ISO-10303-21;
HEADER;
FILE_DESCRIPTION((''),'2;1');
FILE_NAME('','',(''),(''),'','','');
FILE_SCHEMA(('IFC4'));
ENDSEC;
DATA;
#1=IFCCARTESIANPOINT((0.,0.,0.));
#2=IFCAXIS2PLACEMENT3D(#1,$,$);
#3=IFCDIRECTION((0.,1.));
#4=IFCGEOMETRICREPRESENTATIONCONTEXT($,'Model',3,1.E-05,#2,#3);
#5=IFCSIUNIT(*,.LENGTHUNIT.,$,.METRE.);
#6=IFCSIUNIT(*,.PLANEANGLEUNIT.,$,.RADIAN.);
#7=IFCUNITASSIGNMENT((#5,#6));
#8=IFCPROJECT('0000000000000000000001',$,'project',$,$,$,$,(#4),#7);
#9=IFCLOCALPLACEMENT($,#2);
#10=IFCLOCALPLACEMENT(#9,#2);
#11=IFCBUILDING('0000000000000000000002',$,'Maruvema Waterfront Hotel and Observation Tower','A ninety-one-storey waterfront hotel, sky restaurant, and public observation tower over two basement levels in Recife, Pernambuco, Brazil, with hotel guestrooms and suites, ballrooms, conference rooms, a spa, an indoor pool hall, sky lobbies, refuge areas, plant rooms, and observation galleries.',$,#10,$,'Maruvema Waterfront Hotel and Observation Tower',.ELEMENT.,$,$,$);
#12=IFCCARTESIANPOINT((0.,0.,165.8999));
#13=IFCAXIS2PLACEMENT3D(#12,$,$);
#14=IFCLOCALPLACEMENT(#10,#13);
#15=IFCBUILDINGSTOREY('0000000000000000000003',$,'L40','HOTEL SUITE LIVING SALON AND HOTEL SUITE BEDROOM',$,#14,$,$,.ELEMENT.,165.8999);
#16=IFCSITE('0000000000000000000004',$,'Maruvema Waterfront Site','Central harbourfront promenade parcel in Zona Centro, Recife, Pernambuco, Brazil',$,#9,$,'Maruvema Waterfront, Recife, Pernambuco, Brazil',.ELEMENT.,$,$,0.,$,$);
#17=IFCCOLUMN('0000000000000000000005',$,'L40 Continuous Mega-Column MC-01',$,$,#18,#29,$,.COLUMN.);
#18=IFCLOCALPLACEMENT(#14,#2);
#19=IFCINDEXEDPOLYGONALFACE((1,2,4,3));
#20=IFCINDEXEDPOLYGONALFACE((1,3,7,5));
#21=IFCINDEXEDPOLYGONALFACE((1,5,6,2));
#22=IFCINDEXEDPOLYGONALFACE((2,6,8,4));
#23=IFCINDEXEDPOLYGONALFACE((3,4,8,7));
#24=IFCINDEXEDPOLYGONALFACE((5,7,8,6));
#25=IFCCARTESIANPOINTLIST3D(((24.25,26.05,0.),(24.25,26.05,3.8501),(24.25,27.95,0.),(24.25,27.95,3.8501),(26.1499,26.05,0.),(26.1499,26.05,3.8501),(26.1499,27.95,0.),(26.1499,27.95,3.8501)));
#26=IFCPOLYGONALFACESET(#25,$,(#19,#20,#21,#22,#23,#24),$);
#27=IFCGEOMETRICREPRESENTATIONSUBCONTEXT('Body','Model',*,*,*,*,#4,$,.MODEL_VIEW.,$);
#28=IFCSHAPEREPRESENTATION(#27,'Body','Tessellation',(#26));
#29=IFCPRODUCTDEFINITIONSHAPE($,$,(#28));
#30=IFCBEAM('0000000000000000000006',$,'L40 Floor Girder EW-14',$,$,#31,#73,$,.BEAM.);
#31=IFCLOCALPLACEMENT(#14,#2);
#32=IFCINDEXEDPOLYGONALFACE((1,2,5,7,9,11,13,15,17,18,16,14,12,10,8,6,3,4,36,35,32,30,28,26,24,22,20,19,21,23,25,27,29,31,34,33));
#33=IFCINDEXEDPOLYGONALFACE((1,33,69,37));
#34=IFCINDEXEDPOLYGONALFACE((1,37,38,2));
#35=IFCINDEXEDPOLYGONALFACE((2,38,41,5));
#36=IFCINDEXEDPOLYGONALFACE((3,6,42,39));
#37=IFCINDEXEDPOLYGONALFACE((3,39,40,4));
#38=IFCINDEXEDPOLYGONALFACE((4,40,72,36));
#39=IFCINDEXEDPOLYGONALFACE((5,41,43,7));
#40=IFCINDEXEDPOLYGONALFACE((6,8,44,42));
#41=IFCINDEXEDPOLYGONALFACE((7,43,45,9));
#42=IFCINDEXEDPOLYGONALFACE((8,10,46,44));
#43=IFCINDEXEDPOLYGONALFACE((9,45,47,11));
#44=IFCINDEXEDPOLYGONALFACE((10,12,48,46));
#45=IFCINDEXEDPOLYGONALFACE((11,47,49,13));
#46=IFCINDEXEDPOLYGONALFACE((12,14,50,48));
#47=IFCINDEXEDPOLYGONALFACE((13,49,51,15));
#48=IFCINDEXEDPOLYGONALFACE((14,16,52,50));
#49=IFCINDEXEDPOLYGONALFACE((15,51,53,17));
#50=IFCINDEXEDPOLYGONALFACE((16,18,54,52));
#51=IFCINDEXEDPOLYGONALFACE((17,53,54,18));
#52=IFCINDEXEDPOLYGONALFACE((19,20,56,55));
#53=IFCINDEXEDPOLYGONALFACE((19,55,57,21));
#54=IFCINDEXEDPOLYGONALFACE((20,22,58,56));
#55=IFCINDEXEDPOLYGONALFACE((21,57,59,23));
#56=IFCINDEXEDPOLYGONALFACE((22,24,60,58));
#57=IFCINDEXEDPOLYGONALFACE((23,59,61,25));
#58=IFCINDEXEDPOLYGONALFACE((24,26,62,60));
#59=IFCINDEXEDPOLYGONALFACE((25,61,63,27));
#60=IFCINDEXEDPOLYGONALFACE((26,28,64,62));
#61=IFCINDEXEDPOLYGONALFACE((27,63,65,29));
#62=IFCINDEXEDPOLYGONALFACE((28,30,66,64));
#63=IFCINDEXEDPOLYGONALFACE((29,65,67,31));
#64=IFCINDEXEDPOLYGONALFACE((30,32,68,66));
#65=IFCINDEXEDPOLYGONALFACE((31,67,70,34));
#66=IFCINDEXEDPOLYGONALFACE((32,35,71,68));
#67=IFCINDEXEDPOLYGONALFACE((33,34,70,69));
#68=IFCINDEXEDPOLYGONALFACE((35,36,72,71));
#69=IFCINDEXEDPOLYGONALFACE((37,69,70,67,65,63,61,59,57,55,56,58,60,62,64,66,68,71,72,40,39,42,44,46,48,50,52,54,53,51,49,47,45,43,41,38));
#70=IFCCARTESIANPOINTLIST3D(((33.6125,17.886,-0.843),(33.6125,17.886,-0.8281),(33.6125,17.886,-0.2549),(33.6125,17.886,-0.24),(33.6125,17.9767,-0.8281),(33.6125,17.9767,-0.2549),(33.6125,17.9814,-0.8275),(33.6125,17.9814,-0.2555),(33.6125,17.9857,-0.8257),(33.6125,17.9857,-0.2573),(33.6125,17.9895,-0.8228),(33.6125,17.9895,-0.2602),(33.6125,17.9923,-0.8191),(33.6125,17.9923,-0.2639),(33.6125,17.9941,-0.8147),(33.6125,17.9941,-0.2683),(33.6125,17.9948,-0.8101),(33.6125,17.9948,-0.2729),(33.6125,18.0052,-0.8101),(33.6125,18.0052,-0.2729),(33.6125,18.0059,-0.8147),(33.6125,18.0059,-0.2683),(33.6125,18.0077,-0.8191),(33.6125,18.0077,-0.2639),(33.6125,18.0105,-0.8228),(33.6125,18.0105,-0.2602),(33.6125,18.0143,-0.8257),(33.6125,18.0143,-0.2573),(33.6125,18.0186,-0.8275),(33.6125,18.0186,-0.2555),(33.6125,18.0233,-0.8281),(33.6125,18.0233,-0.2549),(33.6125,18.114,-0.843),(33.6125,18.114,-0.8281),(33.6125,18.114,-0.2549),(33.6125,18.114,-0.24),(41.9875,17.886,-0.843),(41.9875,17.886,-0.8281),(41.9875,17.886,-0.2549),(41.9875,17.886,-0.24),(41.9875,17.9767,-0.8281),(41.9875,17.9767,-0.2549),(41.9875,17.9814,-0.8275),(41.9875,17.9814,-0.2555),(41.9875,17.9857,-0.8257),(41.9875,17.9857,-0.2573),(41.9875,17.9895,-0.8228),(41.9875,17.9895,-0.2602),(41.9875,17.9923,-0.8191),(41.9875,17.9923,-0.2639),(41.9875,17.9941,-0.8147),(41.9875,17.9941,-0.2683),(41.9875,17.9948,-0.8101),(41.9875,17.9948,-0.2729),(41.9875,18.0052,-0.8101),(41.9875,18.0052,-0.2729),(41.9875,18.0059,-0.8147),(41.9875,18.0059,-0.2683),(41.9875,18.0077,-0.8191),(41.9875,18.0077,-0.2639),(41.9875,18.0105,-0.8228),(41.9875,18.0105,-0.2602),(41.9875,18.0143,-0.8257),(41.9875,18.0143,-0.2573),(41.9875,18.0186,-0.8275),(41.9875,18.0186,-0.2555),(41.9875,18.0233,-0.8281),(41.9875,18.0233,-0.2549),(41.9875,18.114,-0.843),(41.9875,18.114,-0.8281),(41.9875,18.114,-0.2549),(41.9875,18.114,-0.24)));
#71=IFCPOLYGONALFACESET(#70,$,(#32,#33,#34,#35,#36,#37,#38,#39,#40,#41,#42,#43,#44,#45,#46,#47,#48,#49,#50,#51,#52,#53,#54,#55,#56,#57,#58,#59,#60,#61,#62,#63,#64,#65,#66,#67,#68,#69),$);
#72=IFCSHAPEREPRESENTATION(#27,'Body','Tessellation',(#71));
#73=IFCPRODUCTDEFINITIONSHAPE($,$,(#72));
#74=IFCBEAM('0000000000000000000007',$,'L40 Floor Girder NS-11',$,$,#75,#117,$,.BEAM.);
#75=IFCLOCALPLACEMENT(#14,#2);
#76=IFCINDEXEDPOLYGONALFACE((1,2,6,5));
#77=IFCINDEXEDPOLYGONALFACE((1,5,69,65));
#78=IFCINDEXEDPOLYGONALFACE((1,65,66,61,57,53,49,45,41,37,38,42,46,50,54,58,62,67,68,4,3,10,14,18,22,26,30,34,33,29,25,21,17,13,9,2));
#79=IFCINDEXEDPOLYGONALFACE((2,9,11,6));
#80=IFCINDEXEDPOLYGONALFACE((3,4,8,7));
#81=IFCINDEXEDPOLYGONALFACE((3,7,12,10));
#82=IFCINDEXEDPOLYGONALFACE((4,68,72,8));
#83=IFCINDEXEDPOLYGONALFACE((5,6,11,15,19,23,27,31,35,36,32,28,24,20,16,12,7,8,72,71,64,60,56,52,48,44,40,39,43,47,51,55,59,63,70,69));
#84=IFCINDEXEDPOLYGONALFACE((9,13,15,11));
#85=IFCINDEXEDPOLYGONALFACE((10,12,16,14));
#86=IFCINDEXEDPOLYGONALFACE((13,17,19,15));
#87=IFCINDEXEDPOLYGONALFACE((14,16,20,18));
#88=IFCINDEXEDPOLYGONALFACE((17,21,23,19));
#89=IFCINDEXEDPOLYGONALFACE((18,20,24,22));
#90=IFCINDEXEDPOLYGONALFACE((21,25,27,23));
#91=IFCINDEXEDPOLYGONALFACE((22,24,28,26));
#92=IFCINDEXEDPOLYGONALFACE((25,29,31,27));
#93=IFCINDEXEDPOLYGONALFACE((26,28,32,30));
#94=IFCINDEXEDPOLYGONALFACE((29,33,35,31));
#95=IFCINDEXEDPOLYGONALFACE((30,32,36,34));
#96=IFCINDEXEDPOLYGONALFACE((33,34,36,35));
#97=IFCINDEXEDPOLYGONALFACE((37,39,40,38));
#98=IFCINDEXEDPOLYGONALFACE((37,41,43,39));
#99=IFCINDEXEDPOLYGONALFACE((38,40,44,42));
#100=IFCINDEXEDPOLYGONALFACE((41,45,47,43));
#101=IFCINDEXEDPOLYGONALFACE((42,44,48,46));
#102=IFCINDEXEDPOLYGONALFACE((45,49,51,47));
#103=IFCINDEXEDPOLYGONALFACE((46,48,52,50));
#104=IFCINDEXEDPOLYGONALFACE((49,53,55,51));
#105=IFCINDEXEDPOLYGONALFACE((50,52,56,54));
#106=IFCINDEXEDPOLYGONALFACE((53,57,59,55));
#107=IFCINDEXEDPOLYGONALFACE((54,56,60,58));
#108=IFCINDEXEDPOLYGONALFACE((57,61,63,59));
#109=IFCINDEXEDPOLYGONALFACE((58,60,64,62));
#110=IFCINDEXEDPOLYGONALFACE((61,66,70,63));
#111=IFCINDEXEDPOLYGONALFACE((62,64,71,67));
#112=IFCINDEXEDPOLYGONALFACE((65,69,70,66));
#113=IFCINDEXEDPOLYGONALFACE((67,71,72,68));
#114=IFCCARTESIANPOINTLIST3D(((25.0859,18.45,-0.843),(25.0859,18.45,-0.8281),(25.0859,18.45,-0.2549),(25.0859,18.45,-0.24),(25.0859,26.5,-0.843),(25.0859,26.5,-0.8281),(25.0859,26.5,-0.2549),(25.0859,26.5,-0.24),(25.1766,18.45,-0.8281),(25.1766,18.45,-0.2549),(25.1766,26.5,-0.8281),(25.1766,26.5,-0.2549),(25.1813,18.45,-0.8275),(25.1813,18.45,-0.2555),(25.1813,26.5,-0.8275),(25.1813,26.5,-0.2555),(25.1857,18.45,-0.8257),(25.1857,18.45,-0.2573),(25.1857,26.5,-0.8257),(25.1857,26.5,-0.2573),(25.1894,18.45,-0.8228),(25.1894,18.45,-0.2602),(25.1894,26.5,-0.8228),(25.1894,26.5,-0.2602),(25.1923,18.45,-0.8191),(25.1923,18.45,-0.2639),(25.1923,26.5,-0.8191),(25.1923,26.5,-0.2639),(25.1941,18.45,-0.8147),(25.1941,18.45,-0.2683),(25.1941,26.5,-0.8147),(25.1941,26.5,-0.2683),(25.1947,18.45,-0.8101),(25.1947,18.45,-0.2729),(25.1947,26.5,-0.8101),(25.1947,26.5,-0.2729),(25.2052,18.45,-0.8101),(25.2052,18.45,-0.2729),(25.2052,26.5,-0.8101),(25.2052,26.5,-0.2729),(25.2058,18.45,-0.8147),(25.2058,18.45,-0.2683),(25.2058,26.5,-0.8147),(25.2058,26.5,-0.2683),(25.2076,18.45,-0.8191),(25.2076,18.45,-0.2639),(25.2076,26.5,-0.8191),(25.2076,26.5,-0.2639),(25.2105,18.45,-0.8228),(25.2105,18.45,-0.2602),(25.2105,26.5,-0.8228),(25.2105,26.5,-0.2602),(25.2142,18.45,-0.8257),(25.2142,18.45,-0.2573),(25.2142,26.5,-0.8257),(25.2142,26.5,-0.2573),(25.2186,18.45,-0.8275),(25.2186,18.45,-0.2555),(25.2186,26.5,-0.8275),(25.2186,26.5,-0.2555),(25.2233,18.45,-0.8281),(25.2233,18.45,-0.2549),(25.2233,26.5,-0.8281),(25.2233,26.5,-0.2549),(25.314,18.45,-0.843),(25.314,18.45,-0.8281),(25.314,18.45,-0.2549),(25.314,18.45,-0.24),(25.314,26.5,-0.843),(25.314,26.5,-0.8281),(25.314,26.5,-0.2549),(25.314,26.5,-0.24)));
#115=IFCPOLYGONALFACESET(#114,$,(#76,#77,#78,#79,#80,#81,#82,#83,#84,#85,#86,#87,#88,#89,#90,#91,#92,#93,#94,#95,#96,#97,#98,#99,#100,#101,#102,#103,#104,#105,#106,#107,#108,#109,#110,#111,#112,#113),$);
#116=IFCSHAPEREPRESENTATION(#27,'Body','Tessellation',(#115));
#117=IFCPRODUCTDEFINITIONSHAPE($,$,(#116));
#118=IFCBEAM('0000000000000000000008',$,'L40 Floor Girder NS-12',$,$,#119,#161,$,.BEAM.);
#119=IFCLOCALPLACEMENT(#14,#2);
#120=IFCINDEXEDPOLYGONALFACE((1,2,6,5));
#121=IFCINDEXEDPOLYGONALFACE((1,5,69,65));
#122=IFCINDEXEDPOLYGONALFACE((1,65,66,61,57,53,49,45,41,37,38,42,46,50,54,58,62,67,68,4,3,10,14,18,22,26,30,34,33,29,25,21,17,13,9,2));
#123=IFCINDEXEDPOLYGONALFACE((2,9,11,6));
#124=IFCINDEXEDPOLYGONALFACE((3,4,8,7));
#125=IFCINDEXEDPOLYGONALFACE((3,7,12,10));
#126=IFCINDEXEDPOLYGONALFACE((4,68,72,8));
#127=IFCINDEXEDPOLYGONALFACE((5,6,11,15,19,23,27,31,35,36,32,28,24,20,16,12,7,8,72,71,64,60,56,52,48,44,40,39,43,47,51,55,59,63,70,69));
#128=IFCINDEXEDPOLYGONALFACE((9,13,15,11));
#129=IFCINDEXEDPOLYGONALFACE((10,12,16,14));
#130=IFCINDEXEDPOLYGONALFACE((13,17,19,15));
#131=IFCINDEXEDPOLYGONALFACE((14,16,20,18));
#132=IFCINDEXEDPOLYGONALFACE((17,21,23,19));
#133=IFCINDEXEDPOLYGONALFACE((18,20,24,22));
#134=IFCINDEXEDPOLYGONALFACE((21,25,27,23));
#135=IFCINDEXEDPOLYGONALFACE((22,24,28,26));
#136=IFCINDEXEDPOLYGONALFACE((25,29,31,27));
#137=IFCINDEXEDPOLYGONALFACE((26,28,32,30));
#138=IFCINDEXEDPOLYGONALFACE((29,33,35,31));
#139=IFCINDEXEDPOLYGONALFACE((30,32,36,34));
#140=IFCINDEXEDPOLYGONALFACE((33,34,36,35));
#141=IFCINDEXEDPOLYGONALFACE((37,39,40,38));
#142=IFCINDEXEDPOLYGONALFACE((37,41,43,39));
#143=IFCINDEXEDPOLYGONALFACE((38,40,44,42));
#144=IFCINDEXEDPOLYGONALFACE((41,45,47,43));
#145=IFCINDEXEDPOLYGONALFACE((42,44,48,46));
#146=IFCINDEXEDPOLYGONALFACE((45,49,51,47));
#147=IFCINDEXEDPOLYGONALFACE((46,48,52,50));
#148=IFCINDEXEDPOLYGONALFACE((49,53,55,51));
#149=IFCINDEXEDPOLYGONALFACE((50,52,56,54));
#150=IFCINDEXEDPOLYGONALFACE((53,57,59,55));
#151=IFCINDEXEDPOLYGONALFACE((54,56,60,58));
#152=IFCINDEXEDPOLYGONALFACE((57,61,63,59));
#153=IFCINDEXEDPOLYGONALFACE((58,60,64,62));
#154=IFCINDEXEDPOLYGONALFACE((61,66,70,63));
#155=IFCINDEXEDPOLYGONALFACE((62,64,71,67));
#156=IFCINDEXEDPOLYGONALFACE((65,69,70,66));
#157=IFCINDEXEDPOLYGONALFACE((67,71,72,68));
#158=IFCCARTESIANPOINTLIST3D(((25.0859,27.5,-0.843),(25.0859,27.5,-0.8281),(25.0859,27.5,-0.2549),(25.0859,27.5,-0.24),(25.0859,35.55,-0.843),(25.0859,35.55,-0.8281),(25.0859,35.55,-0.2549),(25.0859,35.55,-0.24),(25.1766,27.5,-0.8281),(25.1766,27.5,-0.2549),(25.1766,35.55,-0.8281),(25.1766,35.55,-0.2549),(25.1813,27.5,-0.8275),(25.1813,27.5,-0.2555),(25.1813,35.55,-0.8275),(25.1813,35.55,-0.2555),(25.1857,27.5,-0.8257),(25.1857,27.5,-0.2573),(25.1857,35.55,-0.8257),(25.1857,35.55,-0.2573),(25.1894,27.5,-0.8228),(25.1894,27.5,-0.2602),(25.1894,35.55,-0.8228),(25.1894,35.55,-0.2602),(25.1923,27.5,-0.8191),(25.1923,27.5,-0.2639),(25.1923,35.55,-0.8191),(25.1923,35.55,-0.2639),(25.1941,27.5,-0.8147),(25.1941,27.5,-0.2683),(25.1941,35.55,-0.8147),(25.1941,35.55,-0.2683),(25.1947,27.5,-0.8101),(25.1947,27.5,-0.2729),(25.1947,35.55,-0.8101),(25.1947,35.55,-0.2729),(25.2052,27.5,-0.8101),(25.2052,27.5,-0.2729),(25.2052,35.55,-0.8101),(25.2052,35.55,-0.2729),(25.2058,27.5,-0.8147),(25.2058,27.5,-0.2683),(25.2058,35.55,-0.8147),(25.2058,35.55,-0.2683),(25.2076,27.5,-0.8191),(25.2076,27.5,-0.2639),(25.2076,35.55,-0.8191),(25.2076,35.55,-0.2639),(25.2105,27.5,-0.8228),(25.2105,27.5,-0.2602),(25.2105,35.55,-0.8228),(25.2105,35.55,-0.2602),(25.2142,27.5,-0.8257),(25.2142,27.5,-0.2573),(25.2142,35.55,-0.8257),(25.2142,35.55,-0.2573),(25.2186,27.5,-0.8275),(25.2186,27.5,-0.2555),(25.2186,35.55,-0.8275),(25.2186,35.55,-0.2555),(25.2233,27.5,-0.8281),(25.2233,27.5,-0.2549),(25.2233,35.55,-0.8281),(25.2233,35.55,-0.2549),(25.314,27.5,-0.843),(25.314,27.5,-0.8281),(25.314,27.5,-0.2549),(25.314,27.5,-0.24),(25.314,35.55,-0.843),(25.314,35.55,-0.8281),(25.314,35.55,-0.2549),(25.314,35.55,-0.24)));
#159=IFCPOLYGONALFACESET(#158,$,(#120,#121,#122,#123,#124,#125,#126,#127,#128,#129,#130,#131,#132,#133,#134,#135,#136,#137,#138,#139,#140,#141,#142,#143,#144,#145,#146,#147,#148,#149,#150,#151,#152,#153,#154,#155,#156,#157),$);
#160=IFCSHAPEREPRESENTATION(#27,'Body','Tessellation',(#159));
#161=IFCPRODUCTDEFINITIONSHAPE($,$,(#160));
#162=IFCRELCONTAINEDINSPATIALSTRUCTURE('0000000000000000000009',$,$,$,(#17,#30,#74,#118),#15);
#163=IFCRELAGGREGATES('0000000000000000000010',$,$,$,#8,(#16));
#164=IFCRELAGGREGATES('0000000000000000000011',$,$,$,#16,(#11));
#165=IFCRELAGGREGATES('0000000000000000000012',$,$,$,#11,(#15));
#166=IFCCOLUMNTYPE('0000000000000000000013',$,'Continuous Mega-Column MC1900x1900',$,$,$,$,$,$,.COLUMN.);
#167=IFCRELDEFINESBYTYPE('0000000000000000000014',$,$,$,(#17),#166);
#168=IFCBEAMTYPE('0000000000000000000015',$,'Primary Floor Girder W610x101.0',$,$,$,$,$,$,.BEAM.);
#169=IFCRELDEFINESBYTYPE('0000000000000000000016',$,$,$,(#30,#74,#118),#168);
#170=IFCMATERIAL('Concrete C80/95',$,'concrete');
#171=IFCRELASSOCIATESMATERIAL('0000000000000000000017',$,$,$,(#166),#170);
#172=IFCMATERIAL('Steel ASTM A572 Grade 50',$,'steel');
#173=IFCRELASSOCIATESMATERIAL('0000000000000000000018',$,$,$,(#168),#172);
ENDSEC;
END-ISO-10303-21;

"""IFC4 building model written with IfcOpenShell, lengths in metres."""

from ifc_helpers import new_model, si_unit, direction, frame, origin, origin_2d, place, context, subcontext, project, spatial, rectangle, i_section, extrude, material, material_profile, profile_set, type_object, element, save


model = new_model("IFC4")

# Units and contexts
model_context = context("Model", 3, precision=1e-05, world=origin(), true_north=direction((0.0, 1.0)))
body_context = subcontext(model_context, "Body", "Model", "MODEL_VIEW")
ifc_project = project(units=[si_unit("LENGTHUNIT", "METRE"), si_unit("PLANEANGLEUNIT", "RADIAN")], contexts=[model_context])

# Site, building, storey
site_placement = place(None, origin())
site = spatial("IfcSite", under=ifc_project, at=site_placement, Name="Maruvema Waterfront Site", Description="Central harbourfront promenade parcel in Zona Centro, Recife, Pernambuco, Brazil", LongName="Maruvema Waterfront, Recife, Pernambuco, Brazil", CompositionType="ELEMENT", RefElevation=0.0)
building_placement = place(site_placement, origin())
building = spatial("IfcBuilding", under=site, at=building_placement, Name="Maruvema Waterfront Hotel and Observation Tower", Description="A ninety-one-storey waterfront hotel, sky restaurant, and public observation tower over two basement levels in Recife, Pernambuco, Brazil, with hotel guestrooms and suites, ballrooms, conference rooms, a spa, an indoor pool hall, sky lobbies, refuge areas, plant rooms, and observation galleries.", LongName="Maruvema Waterfront Hotel and Observation Tower", CompositionType="ELEMENT")
storey_placement = place(building_placement, frame((0.0, 0.0, 165.8999)))
storey = spatial("IfcBuildingStorey", under=building, at=storey_placement, Name="L40", Description="HOTEL SUITE LIVING SALON AND HOTEL SUITE BEDROOM", CompositionType="ELEMENT", Elevation=165.8999)

# Column
ifc_material_1 = material(Name="Concrete C80/95", Category="concrete")
ifc_material_profile_1 = material_profile(ifc_material_1, rectangle(XDim=1.8999, YDim=1.8999, at=origin_2d()), Name="MC1900x1900")
ifc_profile_set_1 = profile_set([ifc_material_profile_1], Name="Concrete C80/95")
column_type = type_object("IfcColumnType", Name="Continuous Mega-Column MC1900x1900", PredefinedType="COLUMN", material=ifc_profile_set_1)
column_placement = place(storey_placement, frame((25.2, 27.0, 0.0), z_axis=(0.0, 0.0, 1.0), x_axis=(1.0, 0.0, 0.0)))
element("IfcColumn", 1, at=column_placement, inside=storey, type_object=column_type, Name="L40 Continuous Mega-Column MC-01", PredefinedType="COLUMN", context=body_context, shape_type="SweptSolid", body=[
    extrude(rectangle(XDim=1.8999, YDim=1.8999, at=origin_2d()), origin(), (0.0, 0.0, 1.0), 3.8501),
])

# Beams
ifc_material_2 = material(Name="Steel ASTM A572 Grade 50", Category="steel")
ifc_material_profile_2 = material_profile(ifc_material_2, i_section(OverallWidth=0.228, OverallDepth=0.603, WebThickness=0.0105, FlangeThickness=0.0149, FilletRadius=0.0181, at=origin_2d()), Name="W610x101.0")
ifc_profile_set_2 = profile_set([ifc_material_profile_2], Name="Steel ASTM A572 Grade 50")
beam_type_1 = type_object("IfcBeamType", Name="Primary Floor Girder W610x101.0", PredefinedType="BEAM", material=ifc_profile_set_2)
beam_1_placement = place(storey_placement, frame((33.6125, 18.0, -0.5415), z_axis=(1.0, 0.0, 0.0), x_axis=(0.0, 1.0, 0.0)))
element("IfcBeam", 2, at=beam_1_placement, inside=storey, type_object=beam_type_1, Name="L40 Floor Girder EW-14", PredefinedType="BEAM", context=body_context, shape_type="SweptSolid", body=[
    extrude(i_section(OverallWidth=0.228, OverallDepth=0.603, WebThickness=0.0105, FlangeThickness=0.0149, FilletRadius=0.0181, at=origin_2d()), origin(), (0.0, 0.0, 1.0), 8.375),
])
for number, where, z_axis, x_axis, name in (
    (3, (25.2, 18.45, -0.5415), (0.0, 1.0, 0.0), (-1.0, 0.0, 0.0), "L40 Floor Girder NS-11"),
    (4, (25.2, 27.5, -0.5415), (0.0, 1.0, 0.0), (-1.0, 0.0, 0.0), "L40 Floor Girder NS-12"),
):
    element("IfcBeam", number, at=place(storey_placement, frame(where, z_axis=z_axis, x_axis=x_axis)), inside=storey, type_object=beam_type_1, Name=name, PredefinedType="BEAM", context=body_context, shape_type="SweptSolid", body=[
        extrude(i_section(OverallWidth=0.228, OverallDepth=0.603, WebThickness=0.0105, FlangeThickness=0.0149, FilletRadius=0.0181, at=origin_2d()), origin(), (0.0, 0.0, 1.0), 8.05),
    ])

save(model, "model.ifc")
